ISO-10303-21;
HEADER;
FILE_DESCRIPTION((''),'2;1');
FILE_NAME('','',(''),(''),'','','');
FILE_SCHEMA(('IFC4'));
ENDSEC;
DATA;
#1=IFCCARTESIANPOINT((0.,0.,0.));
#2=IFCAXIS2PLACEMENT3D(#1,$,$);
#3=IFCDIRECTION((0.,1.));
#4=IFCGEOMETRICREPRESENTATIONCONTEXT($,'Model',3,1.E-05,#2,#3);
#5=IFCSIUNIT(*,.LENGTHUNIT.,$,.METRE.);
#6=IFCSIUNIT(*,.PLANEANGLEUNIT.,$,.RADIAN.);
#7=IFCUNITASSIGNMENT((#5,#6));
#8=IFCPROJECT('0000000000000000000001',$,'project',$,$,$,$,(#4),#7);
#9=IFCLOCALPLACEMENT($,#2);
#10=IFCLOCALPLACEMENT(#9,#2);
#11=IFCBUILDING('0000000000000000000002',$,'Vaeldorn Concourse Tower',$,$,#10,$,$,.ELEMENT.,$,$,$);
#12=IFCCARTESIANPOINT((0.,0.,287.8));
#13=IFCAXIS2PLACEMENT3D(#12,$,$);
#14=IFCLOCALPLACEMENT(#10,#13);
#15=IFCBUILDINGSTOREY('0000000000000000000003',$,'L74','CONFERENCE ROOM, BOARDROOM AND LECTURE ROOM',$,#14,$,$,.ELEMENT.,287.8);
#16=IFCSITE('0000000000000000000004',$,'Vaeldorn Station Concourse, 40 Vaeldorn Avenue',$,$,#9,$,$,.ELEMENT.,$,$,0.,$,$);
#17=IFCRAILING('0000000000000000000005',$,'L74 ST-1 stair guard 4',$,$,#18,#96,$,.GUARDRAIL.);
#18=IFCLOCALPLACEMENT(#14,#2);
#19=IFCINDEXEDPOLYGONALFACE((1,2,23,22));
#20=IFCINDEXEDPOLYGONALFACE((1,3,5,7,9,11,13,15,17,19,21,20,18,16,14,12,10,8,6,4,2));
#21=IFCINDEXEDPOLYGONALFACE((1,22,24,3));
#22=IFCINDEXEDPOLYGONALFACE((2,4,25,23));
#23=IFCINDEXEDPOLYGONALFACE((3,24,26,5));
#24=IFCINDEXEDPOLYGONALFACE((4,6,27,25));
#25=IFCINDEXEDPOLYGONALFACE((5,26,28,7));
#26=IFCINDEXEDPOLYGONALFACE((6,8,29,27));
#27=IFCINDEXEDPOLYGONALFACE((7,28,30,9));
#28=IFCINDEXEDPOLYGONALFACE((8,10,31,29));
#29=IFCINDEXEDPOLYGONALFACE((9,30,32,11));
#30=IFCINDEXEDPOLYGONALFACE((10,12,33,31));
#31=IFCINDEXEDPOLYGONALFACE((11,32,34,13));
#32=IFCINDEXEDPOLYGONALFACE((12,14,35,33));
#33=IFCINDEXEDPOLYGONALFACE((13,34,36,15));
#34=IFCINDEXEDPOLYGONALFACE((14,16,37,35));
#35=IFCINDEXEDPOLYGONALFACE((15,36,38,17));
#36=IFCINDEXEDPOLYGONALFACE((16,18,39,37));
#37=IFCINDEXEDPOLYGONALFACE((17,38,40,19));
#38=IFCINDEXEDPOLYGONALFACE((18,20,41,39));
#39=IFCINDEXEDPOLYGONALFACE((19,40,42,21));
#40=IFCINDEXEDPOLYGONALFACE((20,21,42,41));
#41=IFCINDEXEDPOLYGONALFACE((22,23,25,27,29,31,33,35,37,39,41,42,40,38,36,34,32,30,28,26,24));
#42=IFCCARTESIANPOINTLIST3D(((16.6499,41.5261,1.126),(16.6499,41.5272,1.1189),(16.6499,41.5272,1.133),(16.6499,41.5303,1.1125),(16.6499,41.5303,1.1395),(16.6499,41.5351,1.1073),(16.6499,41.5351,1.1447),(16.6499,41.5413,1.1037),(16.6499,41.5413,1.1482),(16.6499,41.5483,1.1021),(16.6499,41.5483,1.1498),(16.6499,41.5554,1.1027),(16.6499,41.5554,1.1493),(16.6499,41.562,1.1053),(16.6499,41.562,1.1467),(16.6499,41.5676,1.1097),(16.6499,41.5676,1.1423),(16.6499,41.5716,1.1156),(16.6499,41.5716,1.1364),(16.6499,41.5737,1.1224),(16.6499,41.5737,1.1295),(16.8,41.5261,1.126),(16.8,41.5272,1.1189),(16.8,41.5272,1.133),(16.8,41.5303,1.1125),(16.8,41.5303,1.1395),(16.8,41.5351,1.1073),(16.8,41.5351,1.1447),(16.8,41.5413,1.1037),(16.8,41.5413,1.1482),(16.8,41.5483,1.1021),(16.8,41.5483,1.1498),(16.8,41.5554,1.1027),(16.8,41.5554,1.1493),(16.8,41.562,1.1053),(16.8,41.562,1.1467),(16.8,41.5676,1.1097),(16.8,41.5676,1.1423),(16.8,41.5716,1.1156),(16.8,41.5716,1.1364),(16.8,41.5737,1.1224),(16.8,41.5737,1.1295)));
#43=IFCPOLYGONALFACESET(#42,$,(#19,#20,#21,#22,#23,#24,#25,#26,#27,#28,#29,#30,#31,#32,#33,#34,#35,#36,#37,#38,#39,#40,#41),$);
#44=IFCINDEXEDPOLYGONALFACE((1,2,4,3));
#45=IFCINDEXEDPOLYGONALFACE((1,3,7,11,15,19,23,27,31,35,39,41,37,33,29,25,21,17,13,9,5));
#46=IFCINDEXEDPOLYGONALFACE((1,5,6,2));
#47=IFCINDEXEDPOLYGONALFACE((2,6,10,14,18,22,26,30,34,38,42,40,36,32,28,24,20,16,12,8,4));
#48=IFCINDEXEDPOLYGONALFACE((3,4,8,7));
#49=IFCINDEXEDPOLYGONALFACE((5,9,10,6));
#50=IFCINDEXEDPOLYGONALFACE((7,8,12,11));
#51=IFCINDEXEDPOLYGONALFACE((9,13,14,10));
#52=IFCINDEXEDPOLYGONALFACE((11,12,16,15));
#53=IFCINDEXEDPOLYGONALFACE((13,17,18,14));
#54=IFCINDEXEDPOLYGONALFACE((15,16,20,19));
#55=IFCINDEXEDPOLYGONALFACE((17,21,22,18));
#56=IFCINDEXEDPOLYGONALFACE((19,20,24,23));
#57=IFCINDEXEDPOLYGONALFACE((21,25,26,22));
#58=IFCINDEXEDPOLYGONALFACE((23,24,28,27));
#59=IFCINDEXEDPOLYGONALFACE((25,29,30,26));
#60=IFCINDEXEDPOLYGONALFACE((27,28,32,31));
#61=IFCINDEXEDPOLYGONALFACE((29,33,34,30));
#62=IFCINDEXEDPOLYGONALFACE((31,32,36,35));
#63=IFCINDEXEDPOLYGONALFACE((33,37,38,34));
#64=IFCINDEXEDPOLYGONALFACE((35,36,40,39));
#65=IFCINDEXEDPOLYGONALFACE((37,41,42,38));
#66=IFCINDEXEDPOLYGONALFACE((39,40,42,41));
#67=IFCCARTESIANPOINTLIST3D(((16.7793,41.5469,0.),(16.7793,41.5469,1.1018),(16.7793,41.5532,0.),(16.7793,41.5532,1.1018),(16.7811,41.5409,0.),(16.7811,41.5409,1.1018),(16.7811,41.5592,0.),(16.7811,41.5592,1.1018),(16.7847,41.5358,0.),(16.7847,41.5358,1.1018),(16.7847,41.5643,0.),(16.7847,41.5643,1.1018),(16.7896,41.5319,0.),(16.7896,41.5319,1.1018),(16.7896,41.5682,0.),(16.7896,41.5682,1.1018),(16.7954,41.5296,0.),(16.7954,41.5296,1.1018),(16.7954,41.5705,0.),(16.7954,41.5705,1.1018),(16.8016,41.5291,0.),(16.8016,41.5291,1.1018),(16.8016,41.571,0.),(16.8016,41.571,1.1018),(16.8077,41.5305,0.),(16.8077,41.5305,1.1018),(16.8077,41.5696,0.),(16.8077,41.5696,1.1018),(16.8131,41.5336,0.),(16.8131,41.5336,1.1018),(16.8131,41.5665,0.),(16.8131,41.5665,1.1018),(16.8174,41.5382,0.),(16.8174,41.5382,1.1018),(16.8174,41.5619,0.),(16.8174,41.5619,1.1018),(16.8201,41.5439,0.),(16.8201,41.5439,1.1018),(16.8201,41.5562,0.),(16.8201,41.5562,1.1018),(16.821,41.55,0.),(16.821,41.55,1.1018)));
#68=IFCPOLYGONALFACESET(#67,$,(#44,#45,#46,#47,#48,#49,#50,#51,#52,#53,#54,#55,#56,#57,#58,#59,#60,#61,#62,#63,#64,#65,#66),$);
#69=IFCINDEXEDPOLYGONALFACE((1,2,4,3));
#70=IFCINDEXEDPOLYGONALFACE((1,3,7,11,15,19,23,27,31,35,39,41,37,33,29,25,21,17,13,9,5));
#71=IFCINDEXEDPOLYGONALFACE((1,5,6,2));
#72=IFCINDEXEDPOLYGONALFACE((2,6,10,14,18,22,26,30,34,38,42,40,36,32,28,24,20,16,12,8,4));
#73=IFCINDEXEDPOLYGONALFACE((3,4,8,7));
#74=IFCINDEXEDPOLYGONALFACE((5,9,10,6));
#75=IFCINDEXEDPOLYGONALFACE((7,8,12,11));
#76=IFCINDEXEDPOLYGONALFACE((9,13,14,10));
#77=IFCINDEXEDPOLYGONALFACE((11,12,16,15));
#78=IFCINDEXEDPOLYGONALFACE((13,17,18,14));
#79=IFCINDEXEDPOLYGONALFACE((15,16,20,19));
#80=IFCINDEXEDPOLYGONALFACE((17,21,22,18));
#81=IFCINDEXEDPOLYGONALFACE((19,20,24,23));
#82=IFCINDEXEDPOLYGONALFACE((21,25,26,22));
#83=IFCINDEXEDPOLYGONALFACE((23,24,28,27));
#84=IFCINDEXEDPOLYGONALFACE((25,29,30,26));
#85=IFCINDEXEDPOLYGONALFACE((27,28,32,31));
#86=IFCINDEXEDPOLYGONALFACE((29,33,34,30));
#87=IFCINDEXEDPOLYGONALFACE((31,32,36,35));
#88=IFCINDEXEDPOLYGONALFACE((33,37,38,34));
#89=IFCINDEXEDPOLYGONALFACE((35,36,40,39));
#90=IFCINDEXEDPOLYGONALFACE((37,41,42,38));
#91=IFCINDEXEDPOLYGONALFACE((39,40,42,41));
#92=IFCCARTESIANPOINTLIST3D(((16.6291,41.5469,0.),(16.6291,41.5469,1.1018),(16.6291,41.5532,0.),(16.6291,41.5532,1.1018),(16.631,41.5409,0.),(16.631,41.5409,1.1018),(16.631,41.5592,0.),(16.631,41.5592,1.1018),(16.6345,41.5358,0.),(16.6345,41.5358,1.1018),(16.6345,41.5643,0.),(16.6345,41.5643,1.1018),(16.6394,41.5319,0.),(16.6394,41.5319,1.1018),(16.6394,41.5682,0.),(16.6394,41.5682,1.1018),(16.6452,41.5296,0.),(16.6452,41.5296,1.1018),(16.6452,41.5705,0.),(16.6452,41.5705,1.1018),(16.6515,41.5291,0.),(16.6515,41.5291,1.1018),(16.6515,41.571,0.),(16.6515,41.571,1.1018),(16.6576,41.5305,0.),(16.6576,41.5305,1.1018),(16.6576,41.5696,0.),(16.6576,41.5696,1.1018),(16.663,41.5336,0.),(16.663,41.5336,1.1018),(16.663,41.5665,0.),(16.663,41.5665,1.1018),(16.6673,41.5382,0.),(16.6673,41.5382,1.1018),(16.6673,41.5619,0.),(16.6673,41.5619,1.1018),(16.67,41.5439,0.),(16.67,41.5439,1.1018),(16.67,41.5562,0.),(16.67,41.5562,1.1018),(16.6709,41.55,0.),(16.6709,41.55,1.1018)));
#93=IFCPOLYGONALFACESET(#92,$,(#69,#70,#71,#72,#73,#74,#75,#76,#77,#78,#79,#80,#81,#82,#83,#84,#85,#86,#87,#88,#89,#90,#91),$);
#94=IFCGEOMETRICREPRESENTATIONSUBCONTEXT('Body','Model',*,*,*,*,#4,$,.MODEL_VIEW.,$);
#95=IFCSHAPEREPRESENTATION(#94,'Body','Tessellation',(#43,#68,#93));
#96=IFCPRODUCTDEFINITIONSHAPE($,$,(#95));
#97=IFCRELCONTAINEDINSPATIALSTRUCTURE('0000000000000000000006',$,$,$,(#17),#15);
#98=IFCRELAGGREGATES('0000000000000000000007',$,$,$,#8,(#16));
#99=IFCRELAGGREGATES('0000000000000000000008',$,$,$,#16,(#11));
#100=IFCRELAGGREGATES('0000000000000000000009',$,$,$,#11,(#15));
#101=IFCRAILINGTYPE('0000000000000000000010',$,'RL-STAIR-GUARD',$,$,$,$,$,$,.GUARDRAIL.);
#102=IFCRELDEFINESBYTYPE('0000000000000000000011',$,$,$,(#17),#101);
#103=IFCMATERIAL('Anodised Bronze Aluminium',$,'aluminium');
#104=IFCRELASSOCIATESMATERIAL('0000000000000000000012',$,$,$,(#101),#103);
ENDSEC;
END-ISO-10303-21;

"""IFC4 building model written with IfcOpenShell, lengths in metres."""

from ifc_helpers import new_model, si_unit, direction, frame, origin, origin_2d, place, context, subcontext, project, spatial, circle, extrude, material, type_object, element, save


model = new_model("IFC4")

# Units and contexts
model_context = context("Model", 3, precision=1e-05, world=origin(), true_north=direction((0.0, 1.0)))
body_context = subcontext(model_context, "Body", "Model", "MODEL_VIEW")
ifc_project = project(units=[si_unit("LENGTHUNIT", "METRE"), si_unit("PLANEANGLEUNIT", "RADIAN")], contexts=[model_context])

# Site, building, storey
site_placement = place(None, origin())
site = spatial("IfcSite", under=ifc_project, at=site_placement, Name="Vaeldorn Station Concourse, 40 Vaeldorn Avenue", CompositionType="ELEMENT", RefElevation=0.0)
building_placement = place(site_placement, origin())
building = spatial("IfcBuilding", under=site, at=building_placement, Name="Vaeldorn Concourse Tower", CompositionType="ELEMENT")
storey_placement = place(building_placement, frame((0.0, 0.0, 287.8)))
storey = spatial("IfcBuildingStorey", under=building, at=storey_placement, Name="L74", Description="CONFERENCE ROOM, BOARDROOM AND LECTURE ROOM", CompositionType="ELEMENT", Elevation=287.8)

# Shared definitions
ifc_material_1 = material(Name="Anodised Bronze Aluminium", Category="aluminium")

# Railing
railing_type_1 = type_object("IfcRailingType", Name="RL-STAIR-GUARD", PredefinedType="GUARDRAIL", material=ifc_material_1)
railing_1_placement = place(storey_placement, frame((16.8, 41.55, 0.0)))
element("IfcRailing", 1, at=railing_1_placement, inside=storey, type_object=railing_type_1, Name="L74 ST-1 stair guard 4", PredefinedType="GUARDRAIL", context=body_context, shape_type="SweptSolid", body=[
    extrude(circle(Radius=0.0239, at=origin_2d()), frame((0.0, 0.0, 1.126), z_axis=(-1.0, 0.0, 0.0), x_axis=(0.0, -1.0, 0.0)), (0.0, 0.0, 1.0), 0.1501),
    extrude(circle(Radius=0.021, at=origin_2d()), origin(), (0.0, 0.0, 1.0), 1.1018),
    extrude(circle(Radius=0.021, at=origin_2d()), frame((-0.1501, 0.0, 0.0)), (0.0, 0.0, 1.0), 1.1018),
])

save(model, "model.ifc")
